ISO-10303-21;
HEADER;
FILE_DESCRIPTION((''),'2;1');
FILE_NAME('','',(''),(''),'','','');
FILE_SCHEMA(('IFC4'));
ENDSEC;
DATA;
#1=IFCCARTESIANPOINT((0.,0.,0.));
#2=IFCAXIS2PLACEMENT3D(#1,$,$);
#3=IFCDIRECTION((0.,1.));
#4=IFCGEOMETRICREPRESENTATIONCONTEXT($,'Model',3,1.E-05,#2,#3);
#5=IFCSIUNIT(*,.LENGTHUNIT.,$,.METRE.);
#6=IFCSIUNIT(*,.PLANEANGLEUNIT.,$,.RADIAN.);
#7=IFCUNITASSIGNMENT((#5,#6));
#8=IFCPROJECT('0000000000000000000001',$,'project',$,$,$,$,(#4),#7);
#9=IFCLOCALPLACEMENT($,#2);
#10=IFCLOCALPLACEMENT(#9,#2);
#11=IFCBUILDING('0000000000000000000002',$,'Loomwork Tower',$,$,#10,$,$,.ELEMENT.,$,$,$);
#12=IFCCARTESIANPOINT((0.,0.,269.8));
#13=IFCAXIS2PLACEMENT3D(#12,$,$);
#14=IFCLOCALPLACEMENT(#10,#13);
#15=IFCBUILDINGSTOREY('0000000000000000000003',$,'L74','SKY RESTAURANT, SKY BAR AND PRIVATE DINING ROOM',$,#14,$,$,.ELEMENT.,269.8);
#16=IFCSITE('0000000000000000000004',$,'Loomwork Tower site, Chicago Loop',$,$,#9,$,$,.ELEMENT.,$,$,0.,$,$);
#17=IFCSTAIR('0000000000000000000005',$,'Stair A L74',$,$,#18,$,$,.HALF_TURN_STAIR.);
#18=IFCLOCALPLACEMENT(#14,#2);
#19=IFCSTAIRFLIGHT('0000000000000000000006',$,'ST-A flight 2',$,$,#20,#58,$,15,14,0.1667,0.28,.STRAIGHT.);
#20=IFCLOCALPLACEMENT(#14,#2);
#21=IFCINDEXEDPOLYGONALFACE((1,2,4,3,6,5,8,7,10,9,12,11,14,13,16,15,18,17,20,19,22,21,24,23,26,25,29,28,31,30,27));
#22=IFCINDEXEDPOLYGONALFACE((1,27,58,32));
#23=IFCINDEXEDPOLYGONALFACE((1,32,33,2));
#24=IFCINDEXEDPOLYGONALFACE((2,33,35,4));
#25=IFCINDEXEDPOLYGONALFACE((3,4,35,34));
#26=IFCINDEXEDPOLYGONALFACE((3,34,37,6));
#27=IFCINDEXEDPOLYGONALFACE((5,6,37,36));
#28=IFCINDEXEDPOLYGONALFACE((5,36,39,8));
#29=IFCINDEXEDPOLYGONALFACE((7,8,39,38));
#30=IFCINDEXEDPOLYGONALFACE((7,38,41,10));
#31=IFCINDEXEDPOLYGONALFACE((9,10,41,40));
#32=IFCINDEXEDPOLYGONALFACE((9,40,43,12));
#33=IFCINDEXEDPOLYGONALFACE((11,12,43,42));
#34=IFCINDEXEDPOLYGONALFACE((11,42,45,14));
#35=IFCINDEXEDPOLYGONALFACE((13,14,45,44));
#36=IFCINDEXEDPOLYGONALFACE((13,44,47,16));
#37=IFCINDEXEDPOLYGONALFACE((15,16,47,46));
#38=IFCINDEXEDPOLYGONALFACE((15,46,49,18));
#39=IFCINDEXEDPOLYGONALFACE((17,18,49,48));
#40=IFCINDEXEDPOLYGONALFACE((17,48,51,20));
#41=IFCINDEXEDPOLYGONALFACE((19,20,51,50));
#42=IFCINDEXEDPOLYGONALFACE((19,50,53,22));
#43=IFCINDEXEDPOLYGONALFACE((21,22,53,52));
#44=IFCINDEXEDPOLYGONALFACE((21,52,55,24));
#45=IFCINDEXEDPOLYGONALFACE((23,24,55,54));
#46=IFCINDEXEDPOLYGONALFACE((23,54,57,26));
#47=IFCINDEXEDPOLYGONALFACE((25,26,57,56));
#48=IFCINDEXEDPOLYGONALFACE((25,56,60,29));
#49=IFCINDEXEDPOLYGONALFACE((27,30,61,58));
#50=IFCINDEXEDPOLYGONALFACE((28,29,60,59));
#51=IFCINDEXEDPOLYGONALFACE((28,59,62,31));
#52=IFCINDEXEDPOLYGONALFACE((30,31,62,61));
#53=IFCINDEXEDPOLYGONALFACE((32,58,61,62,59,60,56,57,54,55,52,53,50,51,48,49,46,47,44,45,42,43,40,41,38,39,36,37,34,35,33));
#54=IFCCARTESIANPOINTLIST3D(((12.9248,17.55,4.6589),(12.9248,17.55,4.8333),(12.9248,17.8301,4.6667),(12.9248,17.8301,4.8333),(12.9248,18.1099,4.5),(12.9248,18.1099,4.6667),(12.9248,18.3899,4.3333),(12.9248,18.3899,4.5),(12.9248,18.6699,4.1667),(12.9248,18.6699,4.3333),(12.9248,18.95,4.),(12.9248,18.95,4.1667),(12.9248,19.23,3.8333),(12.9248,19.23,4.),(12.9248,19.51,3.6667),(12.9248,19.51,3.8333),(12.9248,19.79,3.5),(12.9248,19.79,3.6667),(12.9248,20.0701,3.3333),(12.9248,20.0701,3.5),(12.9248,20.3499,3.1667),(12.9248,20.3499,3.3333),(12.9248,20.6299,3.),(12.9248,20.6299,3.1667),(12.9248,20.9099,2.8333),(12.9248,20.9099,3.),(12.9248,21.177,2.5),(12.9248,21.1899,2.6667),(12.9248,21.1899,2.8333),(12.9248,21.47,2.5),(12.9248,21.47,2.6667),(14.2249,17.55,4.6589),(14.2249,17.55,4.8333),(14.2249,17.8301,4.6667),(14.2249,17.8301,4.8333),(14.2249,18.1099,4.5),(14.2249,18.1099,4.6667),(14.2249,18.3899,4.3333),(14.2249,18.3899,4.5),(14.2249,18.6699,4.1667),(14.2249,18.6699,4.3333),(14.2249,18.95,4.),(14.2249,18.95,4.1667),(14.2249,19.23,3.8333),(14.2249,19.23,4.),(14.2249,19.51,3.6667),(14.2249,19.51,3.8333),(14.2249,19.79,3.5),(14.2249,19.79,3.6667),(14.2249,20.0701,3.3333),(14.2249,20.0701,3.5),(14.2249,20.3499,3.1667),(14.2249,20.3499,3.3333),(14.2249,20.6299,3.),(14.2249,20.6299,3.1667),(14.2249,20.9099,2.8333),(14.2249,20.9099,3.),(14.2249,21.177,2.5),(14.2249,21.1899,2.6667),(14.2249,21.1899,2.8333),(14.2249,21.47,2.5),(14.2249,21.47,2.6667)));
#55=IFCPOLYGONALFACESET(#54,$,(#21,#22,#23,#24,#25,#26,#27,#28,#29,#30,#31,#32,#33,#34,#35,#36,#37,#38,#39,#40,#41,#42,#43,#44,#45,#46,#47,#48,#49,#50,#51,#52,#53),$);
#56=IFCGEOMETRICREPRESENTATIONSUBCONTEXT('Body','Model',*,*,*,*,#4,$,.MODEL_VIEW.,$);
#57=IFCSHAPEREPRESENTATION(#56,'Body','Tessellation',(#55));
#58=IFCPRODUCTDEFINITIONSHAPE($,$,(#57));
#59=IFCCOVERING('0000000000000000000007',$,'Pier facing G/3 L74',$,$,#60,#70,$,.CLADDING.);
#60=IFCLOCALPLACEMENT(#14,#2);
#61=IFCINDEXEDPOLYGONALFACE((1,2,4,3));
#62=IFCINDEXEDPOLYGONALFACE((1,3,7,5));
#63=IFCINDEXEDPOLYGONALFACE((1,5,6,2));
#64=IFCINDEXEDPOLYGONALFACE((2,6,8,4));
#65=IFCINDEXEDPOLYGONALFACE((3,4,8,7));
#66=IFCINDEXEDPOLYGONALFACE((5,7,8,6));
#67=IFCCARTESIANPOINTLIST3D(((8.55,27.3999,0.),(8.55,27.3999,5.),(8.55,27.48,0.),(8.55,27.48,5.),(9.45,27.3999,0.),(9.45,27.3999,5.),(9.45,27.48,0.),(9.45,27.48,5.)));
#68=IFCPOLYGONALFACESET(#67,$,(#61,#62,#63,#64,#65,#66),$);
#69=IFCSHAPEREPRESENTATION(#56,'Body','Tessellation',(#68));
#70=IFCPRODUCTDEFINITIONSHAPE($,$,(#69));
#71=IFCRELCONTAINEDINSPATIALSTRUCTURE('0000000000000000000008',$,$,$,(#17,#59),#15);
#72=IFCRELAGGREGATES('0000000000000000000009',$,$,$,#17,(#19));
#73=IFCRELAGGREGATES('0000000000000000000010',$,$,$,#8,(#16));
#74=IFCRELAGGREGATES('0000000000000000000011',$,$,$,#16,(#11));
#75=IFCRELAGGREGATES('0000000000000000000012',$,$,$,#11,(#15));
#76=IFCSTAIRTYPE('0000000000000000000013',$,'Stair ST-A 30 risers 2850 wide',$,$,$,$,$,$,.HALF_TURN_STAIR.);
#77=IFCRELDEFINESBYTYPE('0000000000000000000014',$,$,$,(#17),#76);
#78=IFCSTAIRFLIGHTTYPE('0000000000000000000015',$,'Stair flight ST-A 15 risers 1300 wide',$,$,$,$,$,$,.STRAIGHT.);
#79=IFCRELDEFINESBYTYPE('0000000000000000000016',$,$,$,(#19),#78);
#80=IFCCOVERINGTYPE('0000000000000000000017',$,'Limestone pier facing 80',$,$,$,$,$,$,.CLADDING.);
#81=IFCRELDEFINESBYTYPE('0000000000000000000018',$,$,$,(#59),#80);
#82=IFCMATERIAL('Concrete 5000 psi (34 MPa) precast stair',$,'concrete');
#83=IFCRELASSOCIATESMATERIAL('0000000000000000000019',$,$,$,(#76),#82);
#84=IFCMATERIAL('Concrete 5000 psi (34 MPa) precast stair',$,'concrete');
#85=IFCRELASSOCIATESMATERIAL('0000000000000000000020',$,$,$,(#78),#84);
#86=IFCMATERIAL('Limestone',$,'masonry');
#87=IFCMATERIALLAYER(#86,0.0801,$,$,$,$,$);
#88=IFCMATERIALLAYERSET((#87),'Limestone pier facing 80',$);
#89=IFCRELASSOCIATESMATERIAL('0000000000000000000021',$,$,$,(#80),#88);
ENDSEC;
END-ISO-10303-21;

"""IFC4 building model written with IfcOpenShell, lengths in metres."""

from ifc_helpers import new_model, si_unit, direction, frame, origin, origin_2d, place, context, subcontext, project, spatial, polyline, rectangle, outline, extrude, material, layer, layer_set, type_object, element, aggregate, save


model = new_model("IFC4")

# Units and contexts
model_context = context("Model", 3, precision=1e-05, world=origin(), true_north=direction((0.0, 1.0)))
body_context = subcontext(model_context, "Body", "Model", "MODEL_VIEW")
ifc_project = project(units=[si_unit("LENGTHUNIT", "METRE"), si_unit("PLANEANGLEUNIT", "RADIAN")], contexts=[model_context])

# Site, building, storey
site_placement = place(None, origin())
site = spatial("IfcSite", under=ifc_project, at=site_placement, Name="Loomwork Tower site, Chicago Loop", CompositionType="ELEMENT", RefElevation=0.0)
building_placement = place(site_placement, origin())
building = spatial("IfcBuilding", under=site, at=building_placement, Name="Loomwork Tower", CompositionType="ELEMENT")
storey_placement = place(building_placement, frame((0.0, 0.0, 269.8)))
storey = spatial("IfcBuildingStorey", under=building, at=storey_placement, Name="L74", Description="SKY RESTAURANT, SKY BAR AND PRIVATE DINING ROOM", CompositionType="ELEMENT", Elevation=269.8)

# Stair, stair flight
ifc_material_1 = material(Name="Concrete 5000 psi (34 MPa) precast stair", Category="concrete")
stair_type = type_object("IfcStairType", Name="Stair ST-A 30 risers 2850 wide", PredefinedType="HALF_TURN_STAIR", material=ifc_material_1)
stair_placement = place(storey_placement, origin())
stair = element("IfcStair", 1, at=stair_placement, inside=storey, type_object=stair_type, Name="Stair A L74", PredefinedType="HALF_TURN_STAIR")
ifc_material_2 = material(Name="Concrete 5000 psi (34 MPa) precast stair", Category="concrete")
stair_flight_type = type_object("IfcStairFlightType", Name="Stair flight ST-A 15 risers 1300 wide", PredefinedType="STRAIGHT", material=ifc_material_2)
stair_flight_placement = place(storey_placement, frame((13.575, 21.47, 2.5), z_axis=(0.0, 0.0, 1.0), x_axis=(0.0, -1.0, 0.0)))
stair_flight = element("IfcStairFlight", 2, at=stair_flight_placement, type_object=stair_flight_type, Name="ST-A flight 2", NumberOfRisers=15, NumberOfTreads=14, PredefinedType="STRAIGHT", RiserHeight=0.1667, TreadLength=0.28, context=body_context, shape_type="SweptSolid", body=[
    extrude(outline(polyline([(0.0, 0.0), (0.0, 0.1667), (0.28, 0.1667), (0.28, 0.3333), (0.5601, 0.3333), (0.5601, 0.5), (0.8401, 0.5), (0.8401, 0.6667), (1.1201, 0.6667), (1.1201, 0.8333), (1.3999, 0.8333), (1.3999, 1.0), (1.6799, 1.0), (1.6799, 1.1667), (1.96, 1.1667), (1.96, 1.3333), (2.24, 1.3333), (2.24, 1.5), (2.52, 1.5), (2.52, 1.6667), (2.8, 1.6667), (2.8, 1.8333), (3.0801, 1.8333), (3.0801, 2.0), (3.3601, 2.0), (3.3601, 2.1667), (3.6399, 2.1667), (3.6399, 2.3333), (3.9199, 2.3333), (3.9199, 2.5), (3.9199, 2.1589), (0.293, 0.0), (0.0, 0.0)])), frame((0.0, 0.6499, 0.0), z_axis=(0.0, -1.0, 0.0), x_axis=(1.0, 0.0, 0.0)), (0.0, 0.0, 1.0), 1.3),
])
aggregate(stair, [stair_flight])

# Covering
ifc_material_3 = material(Name="Limestone", Category="masonry")
ifc_layer_1 = layer(ifc_material_3, 0.0801)
ifc_layer_set_1 = layer_set([ifc_layer_1], Name="Limestone pier facing 80")
covering_type = type_object("IfcCoveringType", Name="Limestone pier facing 80", PredefinedType="CLADDING", material=ifc_layer_set_1)
covering_placement = place(storey_placement, frame((9.0, 27.4399, 0.0), z_axis=(0.0, 0.0, 1.0), x_axis=(1.0, 0.0, 0.0)))
element("IfcCovering", 3, at=covering_placement, inside=storey, type_object=covering_type, Name="Pier facing G/3 L74", PredefinedType="CLADDING", context=body_context, shape_type="SweptSolid", body=[
    extrude(rectangle(XDim=0.8999, YDim=0.0801, at=origin_2d()), origin(), (0.0, 0.0, 1.0), 5.0),
])

save(model, "model.ifc")
